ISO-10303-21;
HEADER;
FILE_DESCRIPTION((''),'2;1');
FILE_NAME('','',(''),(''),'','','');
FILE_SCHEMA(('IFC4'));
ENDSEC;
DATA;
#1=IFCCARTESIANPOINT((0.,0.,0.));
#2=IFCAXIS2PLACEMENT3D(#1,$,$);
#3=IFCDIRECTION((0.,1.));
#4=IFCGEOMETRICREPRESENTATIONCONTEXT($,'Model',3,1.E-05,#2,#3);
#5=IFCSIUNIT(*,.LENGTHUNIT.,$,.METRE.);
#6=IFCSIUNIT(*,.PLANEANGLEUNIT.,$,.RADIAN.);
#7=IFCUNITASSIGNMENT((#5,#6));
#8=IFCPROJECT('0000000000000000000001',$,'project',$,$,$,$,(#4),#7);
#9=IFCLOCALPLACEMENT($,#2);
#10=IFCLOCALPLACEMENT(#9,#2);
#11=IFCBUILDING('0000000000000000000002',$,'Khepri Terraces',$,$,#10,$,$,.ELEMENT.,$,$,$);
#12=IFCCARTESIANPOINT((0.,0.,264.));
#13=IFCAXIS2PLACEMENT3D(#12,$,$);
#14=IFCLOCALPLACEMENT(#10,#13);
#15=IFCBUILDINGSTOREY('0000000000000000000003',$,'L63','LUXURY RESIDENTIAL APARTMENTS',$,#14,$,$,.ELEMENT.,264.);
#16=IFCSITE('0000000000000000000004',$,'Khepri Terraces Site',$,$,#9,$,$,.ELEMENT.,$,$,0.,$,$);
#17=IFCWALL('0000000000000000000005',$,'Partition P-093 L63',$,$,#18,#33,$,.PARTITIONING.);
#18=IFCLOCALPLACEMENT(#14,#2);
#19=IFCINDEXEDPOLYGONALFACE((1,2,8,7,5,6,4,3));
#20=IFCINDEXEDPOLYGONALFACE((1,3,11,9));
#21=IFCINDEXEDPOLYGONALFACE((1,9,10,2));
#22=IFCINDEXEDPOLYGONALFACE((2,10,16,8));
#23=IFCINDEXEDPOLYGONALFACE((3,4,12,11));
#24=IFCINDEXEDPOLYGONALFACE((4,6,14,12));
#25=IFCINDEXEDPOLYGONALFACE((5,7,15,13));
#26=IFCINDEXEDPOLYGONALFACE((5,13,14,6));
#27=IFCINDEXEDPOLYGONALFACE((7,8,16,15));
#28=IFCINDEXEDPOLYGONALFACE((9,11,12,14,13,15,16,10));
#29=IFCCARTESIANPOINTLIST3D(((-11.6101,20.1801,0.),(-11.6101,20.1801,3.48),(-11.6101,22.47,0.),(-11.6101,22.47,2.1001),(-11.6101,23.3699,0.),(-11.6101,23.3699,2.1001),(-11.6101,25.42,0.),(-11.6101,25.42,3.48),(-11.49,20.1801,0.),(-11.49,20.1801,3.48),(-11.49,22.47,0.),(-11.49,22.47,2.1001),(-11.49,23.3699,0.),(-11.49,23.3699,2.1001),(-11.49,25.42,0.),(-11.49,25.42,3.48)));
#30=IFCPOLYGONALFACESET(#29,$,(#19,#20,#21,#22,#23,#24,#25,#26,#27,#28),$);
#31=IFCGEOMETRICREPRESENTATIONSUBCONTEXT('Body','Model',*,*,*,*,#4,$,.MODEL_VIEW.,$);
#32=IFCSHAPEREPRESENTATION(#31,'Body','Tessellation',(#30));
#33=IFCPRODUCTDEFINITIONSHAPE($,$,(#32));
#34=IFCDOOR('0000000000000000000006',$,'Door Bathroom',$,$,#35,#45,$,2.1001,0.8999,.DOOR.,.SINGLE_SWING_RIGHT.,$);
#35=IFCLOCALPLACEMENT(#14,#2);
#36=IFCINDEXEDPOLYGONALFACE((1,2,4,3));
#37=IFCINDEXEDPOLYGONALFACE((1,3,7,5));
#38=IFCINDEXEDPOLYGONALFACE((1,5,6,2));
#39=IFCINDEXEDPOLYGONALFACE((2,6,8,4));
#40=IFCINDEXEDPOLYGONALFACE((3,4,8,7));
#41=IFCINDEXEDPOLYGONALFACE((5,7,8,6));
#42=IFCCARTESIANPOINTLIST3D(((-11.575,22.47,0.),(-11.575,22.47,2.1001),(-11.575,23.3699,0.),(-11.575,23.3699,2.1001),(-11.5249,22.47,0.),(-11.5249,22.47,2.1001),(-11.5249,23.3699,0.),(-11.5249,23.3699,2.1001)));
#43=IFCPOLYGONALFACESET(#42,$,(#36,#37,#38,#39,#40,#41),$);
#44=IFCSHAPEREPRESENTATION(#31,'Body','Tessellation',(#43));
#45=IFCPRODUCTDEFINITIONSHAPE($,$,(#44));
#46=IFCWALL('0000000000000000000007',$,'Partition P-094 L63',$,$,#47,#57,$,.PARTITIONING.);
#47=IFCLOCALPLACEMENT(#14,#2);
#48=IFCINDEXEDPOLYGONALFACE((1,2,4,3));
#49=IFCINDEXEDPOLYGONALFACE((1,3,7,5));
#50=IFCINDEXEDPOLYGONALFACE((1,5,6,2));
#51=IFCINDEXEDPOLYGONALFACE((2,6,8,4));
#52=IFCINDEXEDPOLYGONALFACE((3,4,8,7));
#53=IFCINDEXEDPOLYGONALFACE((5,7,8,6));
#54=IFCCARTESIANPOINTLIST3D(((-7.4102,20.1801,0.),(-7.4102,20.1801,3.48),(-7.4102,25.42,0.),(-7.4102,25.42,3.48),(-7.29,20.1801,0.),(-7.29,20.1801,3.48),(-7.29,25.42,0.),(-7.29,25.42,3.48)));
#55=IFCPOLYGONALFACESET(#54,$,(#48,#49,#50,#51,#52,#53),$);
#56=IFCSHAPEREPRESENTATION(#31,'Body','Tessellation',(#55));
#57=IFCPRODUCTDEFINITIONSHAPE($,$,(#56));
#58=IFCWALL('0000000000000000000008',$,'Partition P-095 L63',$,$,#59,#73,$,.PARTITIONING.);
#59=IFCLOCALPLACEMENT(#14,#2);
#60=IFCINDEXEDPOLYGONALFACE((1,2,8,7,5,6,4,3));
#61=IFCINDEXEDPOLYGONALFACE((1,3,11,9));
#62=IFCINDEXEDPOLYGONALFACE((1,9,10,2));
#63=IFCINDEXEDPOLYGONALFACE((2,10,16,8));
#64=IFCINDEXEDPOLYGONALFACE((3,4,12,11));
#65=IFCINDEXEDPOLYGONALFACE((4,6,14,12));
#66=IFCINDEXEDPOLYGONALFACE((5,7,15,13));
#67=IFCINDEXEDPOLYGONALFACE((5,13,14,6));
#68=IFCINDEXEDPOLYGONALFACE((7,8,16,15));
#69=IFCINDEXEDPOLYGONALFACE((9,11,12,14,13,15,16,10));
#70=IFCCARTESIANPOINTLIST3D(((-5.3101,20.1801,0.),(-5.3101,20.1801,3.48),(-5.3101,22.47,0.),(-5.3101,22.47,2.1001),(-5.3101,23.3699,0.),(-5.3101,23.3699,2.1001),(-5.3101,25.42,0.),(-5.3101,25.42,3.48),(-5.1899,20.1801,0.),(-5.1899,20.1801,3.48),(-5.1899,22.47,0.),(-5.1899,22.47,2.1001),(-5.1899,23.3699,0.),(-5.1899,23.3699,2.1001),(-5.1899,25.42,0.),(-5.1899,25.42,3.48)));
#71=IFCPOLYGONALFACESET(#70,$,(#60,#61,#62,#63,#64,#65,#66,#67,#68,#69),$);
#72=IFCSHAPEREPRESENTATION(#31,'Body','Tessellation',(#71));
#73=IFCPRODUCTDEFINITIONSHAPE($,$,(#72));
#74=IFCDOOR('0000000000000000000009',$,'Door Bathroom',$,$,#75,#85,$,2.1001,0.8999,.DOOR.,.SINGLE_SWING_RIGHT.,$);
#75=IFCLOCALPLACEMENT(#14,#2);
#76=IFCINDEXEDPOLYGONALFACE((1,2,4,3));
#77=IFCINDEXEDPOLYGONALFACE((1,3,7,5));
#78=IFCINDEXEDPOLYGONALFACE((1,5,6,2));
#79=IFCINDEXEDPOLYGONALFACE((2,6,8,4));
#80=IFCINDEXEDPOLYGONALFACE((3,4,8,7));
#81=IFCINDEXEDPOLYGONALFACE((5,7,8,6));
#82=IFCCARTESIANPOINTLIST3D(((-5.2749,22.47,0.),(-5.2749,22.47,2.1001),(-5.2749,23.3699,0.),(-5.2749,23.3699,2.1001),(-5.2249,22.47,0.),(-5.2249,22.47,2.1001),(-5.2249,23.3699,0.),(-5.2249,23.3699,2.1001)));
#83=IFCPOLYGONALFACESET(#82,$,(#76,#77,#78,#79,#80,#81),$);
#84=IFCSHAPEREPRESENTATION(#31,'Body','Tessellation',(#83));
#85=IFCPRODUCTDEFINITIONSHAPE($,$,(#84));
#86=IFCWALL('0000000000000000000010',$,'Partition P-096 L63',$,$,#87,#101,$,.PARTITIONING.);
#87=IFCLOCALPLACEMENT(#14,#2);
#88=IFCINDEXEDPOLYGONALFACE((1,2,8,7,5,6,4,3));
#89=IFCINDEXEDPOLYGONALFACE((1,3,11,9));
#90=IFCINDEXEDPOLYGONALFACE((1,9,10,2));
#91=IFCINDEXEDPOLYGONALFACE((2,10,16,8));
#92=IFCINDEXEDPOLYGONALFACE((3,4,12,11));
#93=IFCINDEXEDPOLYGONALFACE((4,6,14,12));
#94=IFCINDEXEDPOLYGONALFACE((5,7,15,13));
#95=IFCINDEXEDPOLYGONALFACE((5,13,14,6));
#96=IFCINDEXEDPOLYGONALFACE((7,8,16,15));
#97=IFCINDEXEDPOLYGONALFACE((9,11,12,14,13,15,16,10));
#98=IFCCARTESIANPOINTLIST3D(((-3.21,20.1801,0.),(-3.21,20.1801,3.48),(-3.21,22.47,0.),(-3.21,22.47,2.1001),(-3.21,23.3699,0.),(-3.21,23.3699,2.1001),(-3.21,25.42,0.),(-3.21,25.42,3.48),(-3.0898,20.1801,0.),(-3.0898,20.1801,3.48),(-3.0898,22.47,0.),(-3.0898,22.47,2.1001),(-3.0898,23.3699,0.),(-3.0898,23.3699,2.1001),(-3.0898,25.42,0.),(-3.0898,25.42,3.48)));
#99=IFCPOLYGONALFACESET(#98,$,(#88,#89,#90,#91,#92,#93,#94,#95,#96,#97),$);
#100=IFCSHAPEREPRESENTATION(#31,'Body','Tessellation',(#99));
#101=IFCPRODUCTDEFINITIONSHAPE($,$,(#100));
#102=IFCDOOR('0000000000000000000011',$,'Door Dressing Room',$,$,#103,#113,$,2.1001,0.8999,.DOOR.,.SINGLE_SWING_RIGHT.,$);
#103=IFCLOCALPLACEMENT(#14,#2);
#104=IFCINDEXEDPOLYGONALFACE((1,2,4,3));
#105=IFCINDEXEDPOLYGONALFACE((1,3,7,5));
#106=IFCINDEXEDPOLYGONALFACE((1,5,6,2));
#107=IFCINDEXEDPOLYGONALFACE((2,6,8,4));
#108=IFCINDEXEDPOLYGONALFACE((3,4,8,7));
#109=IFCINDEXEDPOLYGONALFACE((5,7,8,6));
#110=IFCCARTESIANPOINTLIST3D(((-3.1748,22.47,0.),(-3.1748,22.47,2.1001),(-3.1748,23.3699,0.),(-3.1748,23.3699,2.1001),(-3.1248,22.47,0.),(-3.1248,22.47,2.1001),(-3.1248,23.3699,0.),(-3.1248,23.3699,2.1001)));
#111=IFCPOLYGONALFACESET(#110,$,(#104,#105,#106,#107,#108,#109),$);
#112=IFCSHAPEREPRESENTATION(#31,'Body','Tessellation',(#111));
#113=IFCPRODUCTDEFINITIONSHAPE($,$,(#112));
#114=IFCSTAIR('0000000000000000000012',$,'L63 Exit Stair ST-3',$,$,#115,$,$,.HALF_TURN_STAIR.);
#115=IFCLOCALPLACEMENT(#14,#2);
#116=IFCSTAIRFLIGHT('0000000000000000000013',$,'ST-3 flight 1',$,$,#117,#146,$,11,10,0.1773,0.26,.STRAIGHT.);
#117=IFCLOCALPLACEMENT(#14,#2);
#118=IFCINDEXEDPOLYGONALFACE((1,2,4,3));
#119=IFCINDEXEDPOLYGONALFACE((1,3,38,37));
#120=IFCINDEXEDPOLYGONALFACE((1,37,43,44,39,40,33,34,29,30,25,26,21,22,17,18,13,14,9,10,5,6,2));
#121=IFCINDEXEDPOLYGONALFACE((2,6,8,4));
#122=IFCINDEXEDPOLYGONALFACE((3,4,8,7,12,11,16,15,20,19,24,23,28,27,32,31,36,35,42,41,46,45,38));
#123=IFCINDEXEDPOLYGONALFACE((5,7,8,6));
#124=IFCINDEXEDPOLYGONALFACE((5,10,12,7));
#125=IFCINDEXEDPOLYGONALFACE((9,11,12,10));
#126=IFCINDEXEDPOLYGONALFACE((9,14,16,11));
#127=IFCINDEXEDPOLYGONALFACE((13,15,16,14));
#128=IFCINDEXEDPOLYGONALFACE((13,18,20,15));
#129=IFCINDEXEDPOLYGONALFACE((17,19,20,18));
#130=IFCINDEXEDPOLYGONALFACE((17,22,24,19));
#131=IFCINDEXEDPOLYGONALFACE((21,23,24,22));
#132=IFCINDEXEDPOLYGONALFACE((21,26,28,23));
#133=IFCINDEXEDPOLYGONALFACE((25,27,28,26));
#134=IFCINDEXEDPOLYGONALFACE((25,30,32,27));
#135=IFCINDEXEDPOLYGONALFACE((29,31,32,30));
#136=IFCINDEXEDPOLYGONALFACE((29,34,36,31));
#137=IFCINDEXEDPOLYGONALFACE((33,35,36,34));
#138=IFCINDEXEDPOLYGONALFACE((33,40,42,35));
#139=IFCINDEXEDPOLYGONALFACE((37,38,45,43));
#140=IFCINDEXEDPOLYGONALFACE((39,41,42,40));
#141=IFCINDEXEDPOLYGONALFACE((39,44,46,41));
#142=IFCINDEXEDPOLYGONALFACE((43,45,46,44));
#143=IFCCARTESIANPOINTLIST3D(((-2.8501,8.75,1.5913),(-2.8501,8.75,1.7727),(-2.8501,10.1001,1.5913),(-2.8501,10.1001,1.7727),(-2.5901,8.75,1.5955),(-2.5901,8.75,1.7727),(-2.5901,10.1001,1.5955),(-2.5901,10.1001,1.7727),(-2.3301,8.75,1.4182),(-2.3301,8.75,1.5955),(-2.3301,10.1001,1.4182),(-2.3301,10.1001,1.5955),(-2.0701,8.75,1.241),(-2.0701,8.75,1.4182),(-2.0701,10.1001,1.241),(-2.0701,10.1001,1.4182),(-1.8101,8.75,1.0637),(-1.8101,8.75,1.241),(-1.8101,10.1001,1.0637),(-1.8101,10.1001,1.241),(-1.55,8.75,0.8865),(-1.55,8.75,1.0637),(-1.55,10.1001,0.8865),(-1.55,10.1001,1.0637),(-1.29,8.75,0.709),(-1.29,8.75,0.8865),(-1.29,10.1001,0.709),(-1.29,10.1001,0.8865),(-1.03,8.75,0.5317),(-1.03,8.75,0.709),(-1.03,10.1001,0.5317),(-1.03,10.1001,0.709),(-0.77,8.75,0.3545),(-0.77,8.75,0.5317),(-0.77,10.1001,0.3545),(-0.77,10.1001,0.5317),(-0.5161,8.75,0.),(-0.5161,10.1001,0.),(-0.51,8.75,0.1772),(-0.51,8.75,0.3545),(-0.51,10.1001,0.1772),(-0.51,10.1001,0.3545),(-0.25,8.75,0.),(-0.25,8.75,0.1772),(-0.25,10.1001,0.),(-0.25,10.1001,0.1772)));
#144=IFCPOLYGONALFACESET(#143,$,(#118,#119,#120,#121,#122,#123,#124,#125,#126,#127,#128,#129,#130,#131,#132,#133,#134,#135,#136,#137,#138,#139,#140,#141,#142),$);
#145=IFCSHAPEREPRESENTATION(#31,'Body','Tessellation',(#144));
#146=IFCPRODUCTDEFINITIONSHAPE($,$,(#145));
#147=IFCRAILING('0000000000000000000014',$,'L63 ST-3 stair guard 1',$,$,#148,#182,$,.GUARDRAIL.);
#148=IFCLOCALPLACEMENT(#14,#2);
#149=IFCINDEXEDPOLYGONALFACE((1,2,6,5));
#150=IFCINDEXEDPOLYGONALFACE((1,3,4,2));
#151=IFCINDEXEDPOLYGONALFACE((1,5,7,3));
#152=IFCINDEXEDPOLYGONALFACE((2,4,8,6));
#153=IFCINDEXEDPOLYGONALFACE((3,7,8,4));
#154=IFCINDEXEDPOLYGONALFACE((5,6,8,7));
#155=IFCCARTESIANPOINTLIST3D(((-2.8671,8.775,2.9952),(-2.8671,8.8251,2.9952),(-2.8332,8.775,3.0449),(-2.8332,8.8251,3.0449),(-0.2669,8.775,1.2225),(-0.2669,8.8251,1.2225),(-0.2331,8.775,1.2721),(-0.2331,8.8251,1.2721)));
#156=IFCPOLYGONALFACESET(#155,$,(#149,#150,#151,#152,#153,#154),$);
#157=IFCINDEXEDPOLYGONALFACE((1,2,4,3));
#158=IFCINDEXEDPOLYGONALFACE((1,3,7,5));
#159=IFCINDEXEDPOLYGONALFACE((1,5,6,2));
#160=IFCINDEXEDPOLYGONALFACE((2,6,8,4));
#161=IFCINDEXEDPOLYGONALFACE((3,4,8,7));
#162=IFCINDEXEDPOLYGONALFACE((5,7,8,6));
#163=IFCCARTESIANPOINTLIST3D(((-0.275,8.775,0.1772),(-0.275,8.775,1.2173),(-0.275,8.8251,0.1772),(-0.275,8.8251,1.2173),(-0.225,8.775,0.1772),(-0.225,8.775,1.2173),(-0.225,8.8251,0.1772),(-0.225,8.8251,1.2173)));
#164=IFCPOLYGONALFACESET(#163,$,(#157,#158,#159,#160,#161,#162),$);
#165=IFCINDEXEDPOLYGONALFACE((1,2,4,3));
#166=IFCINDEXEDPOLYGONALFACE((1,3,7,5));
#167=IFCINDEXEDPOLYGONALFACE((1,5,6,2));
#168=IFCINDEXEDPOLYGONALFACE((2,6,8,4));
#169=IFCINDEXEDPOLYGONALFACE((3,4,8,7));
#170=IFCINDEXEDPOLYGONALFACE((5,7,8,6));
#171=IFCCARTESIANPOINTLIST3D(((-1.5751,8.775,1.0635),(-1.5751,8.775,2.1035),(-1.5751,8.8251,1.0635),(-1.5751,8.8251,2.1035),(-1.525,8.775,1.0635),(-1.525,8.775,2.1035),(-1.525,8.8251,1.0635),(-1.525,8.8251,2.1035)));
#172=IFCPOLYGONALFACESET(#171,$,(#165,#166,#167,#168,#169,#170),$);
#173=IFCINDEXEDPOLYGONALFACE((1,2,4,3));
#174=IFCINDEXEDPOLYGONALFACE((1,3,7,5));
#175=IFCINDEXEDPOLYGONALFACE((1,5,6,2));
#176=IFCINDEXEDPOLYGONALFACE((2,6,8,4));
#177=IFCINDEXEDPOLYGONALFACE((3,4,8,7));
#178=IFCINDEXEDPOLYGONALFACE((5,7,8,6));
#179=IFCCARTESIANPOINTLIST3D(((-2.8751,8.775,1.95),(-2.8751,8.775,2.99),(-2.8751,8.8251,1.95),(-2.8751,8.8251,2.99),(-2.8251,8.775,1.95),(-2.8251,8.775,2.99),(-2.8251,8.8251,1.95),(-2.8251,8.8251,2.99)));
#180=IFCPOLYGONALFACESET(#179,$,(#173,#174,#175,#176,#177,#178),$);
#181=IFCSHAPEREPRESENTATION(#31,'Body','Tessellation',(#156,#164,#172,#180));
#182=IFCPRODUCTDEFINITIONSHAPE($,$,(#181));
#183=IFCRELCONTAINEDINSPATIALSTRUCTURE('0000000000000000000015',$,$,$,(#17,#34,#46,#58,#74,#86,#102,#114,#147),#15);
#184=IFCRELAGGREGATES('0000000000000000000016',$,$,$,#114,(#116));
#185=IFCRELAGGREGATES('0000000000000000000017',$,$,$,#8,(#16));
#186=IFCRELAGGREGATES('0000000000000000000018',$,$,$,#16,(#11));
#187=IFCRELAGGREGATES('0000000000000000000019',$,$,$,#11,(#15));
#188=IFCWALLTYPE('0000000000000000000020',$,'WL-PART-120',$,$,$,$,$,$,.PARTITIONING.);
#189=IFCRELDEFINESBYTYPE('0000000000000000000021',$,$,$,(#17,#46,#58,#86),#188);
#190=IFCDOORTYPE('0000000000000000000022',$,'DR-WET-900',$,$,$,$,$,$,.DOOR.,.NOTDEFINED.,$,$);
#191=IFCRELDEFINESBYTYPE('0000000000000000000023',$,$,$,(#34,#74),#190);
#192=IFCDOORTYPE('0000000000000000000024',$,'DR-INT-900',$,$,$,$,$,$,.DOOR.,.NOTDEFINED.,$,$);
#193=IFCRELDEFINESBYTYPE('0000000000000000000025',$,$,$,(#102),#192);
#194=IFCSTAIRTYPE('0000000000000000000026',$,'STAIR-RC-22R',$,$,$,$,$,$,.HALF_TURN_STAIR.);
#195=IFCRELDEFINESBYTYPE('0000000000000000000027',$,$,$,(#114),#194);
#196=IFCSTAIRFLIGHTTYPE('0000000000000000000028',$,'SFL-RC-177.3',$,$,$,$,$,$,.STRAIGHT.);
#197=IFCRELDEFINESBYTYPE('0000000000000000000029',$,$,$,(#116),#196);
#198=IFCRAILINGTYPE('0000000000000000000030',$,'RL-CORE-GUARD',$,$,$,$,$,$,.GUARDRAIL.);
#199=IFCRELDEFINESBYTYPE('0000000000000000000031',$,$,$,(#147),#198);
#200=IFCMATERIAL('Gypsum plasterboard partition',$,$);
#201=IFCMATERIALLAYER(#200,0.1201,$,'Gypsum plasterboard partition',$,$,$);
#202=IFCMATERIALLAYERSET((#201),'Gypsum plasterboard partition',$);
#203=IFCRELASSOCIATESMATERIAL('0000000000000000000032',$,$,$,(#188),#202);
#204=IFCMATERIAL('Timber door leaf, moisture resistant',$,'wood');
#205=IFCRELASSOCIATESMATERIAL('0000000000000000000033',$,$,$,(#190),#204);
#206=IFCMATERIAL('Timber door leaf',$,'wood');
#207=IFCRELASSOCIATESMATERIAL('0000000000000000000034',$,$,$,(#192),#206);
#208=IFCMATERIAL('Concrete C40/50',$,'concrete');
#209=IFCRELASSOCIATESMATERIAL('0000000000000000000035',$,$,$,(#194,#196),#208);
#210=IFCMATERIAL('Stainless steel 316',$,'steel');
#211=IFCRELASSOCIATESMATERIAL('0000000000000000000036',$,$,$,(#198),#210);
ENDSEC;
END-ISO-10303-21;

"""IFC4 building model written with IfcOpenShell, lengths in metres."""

from ifc_helpers import new_model, si_unit, direction, frame, frame_2d, origin, origin_2d, place, context, subcontext, project, spatial, polyline, rectangle, outline, extrude, material, layer, layer_set, type_object, element, fill, aggregate, save


model = new_model("IFC4")

# Units and contexts
model_context = context("Model", 3, precision=1e-05, world=origin(), true_north=direction((0.0, 1.0)))
body_context = subcontext(model_context, "Body", "Model", "MODEL_VIEW")
ifc_project = project(units=[si_unit("LENGTHUNIT", "METRE"), si_unit("PLANEANGLEUNIT", "RADIAN")], contexts=[model_context])

# Site, building, storey
site_placement = place(None, origin())
site = spatial("IfcSite", under=ifc_project, at=site_placement, Name="Khepri Terraces Site", CompositionType="ELEMENT", RefElevation=0.0)
building_placement = place(site_placement, origin())
building = spatial("IfcBuilding", under=site, at=building_placement, Name="Khepri Terraces", CompositionType="ELEMENT")
storey_placement = place(building_placement, frame((0.0, 0.0, 264.0)))
storey = spatial("IfcBuildingStorey", under=building, at=storey_placement, Name="L63", Description="LUXURY RESIDENTIAL APARTMENTS", CompositionType="ELEMENT", Elevation=264.0)

# Shared definitions
ifc_material_1 = material(Name="Concrete C40/50", Category="concrete")

# Shared definitions
ifc_material_2 = material(Name="Gypsum plasterboard partition")
ifc_layer_1 = layer(ifc_material_2, 0.1201, Name="Gypsum plasterboard partition")
ifc_layer_set_1 = layer_set([ifc_layer_1], Name="Gypsum plasterboard partition")
wall_type_1 = type_object("IfcWallType", Name="WL-PART-120", PredefinedType="PARTITIONING", material=ifc_layer_set_1)

# Wall, opening, door
wall_1_placement = place(storey_placement, frame((-11.55, 20.1799, 0.0), z_axis=(0.0, 0.0, 1.0), x_axis=(0.0, 1.0, 0.0)))
wall_1 = element("IfcWall", 1, at=wall_1_placement, inside=storey, type_object=wall_type_1, Name="Partition P-093 L63", PredefinedType="PARTITIONING", context=body_context, shape_type="SweptSolid", body=[
    extrude(rectangle(XDim=5.24, YDim=0.1201, at=frame_2d((2.6201, 0.0))), origin(), (0.0, 0.0, 1.0), 3.48),
])
opening_1_placement = place(wall_1_placement, frame((2.29, 0.0, 0.0)))
opening_1 = element("IfcOpeningElement", 2, at=opening_1_placement, cuts=wall_1, PredefinedType="OPENING", context=body_context, shape_type="SweptSolid", body=[
    extrude(rectangle(XDim=0.8999, YDim=2.1001, at=frame_2d((0.45, 1.05))), frame((0.0, 0.0701, 0.0), z_axis=(0.0, -1.0, 0.0), x_axis=(1.0, 0.0, 0.0)), (0.0, 0.0, 1.0), 0.1401),
])
ifc_material_3 = material(Name="Timber door leaf, moisture resistant", Category="wood")
door_type_1 = type_object("IfcDoorType", Name="DR-WET-900", OperationType="NOTDEFINED", PredefinedType="DOOR", material=ifc_material_3)
door_1_placement = place(opening_1_placement, origin())
door_1 = element("IfcDoor", 3, at=door_1_placement, inside=storey, type_object=door_type_1, Name="Door Bathroom", OperationType="SINGLE_SWING_RIGHT", OverallHeight=2.1001, OverallWidth=0.8999, PredefinedType="DOOR", context=body_context, shape_type="SweptSolid", body=[
    extrude(rectangle(XDim=0.8999, YDim=2.1001, at=frame_2d((0.45, 1.05))), frame((0.0, 0.0249, 0.0), z_axis=(0.0, -1.0, 0.0), x_axis=(1.0, 0.0, 0.0)), (0.0, 0.0, 1.0), 0.05),
])
fill(opening_1, door_1)

# Wall
wall_2_placement = place(storey_placement, frame((-7.3501, 20.1799, 0.0), z_axis=(0.0, 0.0, 1.0), x_axis=(0.0, 1.0, 0.0)))
element("IfcWall", 4, at=wall_2_placement, inside=storey, type_object=wall_type_1, Name="Partition P-094 L63", PredefinedType="PARTITIONING", context=body_context, shape_type="SweptSolid", body=[
    extrude(rectangle(XDim=5.24, YDim=0.1201, at=frame_2d((2.6201, 0.0))), origin(), (0.0, 0.0, 1.0), 3.48),
])

# Walls, openings, doors
wall_3_placement = place(storey_placement, frame((-5.25, 20.1799, 0.0), z_axis=(0.0, 0.0, 1.0), x_axis=(0.0, 1.0, 0.0)))
wall_3 = element("IfcWall", 5, at=wall_3_placement, inside=storey, type_object=wall_type_1, Name="Partition P-095 L63", PredefinedType="PARTITIONING", context=body_context, shape_type="SweptSolid", body=[
    extrude(rectangle(XDim=5.24, YDim=0.1201, at=frame_2d((2.6201, 0.0))), origin(), (0.0, 0.0, 1.0), 3.48),
])
opening_2_placement = place(wall_3_placement, frame((2.29, 0.0, 0.0)))
opening_2 = element("IfcOpeningElement", 6, at=opening_2_placement, cuts=wall_3, PredefinedType="OPENING", context=body_context, shape_type="SweptSolid", body=[
    extrude(rectangle(XDim=0.8999, YDim=2.1001, at=frame_2d((0.45, 1.05))), frame((0.0, 0.0701, 0.0), z_axis=(0.0, -1.0, 0.0), x_axis=(1.0, 0.0, 0.0)), (0.0, 0.0, 1.0), 0.1401),
])
door_2_placement = place(opening_2_placement, origin())
door_2 = element("IfcDoor", 7, at=door_2_placement, inside=storey, type_object=door_type_1, Name="Door Bathroom", OperationType="SINGLE_SWING_RIGHT", OverallHeight=2.1001, OverallWidth=0.8999, PredefinedType="DOOR", context=body_context, shape_type="SweptSolid", body=[
    extrude(rectangle(XDim=0.8999, YDim=2.1001, at=frame_2d((0.45, 1.05))), frame((0.0, 0.0249, 0.0), z_axis=(0.0, -1.0, 0.0), x_axis=(1.0, 0.0, 0.0)), (0.0, 0.0, 1.0), 0.05),
])
fill(opening_2, door_2)
wall_4_placement = place(storey_placement, frame((-3.1499, 20.1799, 0.0), z_axis=(0.0, 0.0, 1.0), x_axis=(0.0, 1.0, 0.0)))
wall_4 = element("IfcWall", 8, at=wall_4_placement, inside=storey, type_object=wall_type_1, Name="Partition P-096 L63", PredefinedType="PARTITIONING", context=body_context, shape_type="SweptSolid", body=[
    extrude(rectangle(XDim=5.24, YDim=0.1201, at=frame_2d((2.6201, 0.0))), origin(), (0.0, 0.0, 1.0), 3.48),
])
opening_3_placement = place(wall_4_placement, frame((2.29, 0.0, 0.0)))
opening_3 = element("IfcOpeningElement", 9, at=opening_3_placement, cuts=wall_4, PredefinedType="OPENING", context=body_context, shape_type="SweptSolid", body=[
    extrude(rectangle(XDim=0.8999, YDim=2.1001, at=frame_2d((0.45, 1.05))), frame((0.0, 0.0701, 0.0), z_axis=(0.0, -1.0, 0.0), x_axis=(1.0, 0.0, 0.0)), (0.0, 0.0, 1.0), 0.1401),
])
ifc_material_4 = material(Name="Timber door leaf", Category="wood")
door_type_2 = type_object("IfcDoorType", Name="DR-INT-900", OperationType="NOTDEFINED", PredefinedType="DOOR", material=ifc_material_4)
door_3_placement = place(opening_3_placement, origin())
door_3 = element("IfcDoor", 10, at=door_3_placement, inside=storey, type_object=door_type_2, Name="Door Dressing Room", OperationType="SINGLE_SWING_RIGHT", OverallHeight=2.1001, OverallWidth=0.8999, PredefinedType="DOOR", context=body_context, shape_type="SweptSolid", body=[
    extrude(rectangle(XDim=0.8999, YDim=2.1001, at=frame_2d((0.45, 1.05))), frame((0.0, 0.0249, 0.0), z_axis=(0.0, -1.0, 0.0), x_axis=(1.0, 0.0, 0.0)), (0.0, 0.0, 1.0), 0.05),
])
fill(opening_3, door_3)

# Stair, stair flight
stair_type = type_object("IfcStairType", Name="STAIR-RC-22R", PredefinedType="HALF_TURN_STAIR", material=ifc_material_1)
stair_placement = place(storey_placement, origin())
stair = element("IfcStair", 11, at=stair_placement, inside=storey, type_object=stair_type, Name="L63 Exit Stair ST-3", PredefinedType="HALF_TURN_STAIR")
stair_flight_type = type_object("IfcStairFlightType", Name="SFL-RC-177.3", PredefinedType="STRAIGHT", material=ifc_material_1)
stair_flight_placement = place(storey_placement, frame((-0.25, 9.425, 0.0), z_axis=(0.0, 0.0, 1.0), x_axis=(-1.0, 0.0, 0.0)))
stair_flight = element("IfcStairFlight", 12, at=stair_flight_placement, type_object=stair_flight_type, Name="ST-3 flight 1", NumberOfRisers=11, NumberOfTreads=10, PredefinedType="STRAIGHT", RiserHeight=0.1773, TreadLength=0.26, context=body_context, shape_type="SweptSolid", body=[
    extrude(outline(polyline([(0.0, 0.0), (0.0, 0.1772), (0.26, 0.1772), (0.26, 0.3545), (0.52, 0.3545), (0.52, 0.5317), (0.78, 0.5317), (0.78, 0.709), (1.04, 0.709), (1.04, 0.8865), (1.3, 0.8865), (1.3, 1.0637), (1.5601, 1.0637), (1.5601, 1.241), (1.8201, 1.241), (1.8201, 1.4182), (2.0801, 1.4182), (2.0801, 1.5955), (2.3401, 1.5955), (2.3401, 1.7727), (2.6001, 1.7727), (2.6001, 1.95), (2.6001, 1.5913), (0.2661, 0.0), (0.0, 0.0)])), frame((0.0, 0.675, 0.0), z_axis=(0.0, -1.0, 0.0), x_axis=(1.0, 0.0, 0.0)), (0.0, 0.0, 1.0), 1.3501),
])
aggregate(stair, [stair_flight])

# Railing
ifc_material_5 = material(Name="Stainless steel 316", Category="steel")
railing_type_1 = type_object("IfcRailingType", Name="RL-CORE-GUARD", PredefinedType="GUARDRAIL", material=ifc_material_5)
railing_1_placement = place(storey_placement, frame((-0.25, 8.8, 0.1772)))
element("IfcRailing", 13, at=railing_1_placement, inside=storey, type_object=railing_type_1, Name="L63 ST-3 stair guard 1", PredefinedType="GUARDRAIL", context=body_context, shape_type="SweptSolid", body=[
    extrude(rectangle(XDim=0.05, YDim=0.0601, at=origin_2d()), frame((0.0, 0.0, 1.0701), z_axis=(-0.82624, 0.0, 0.563318), x_axis=(0.0, -1.0, 0.0)), (0.0, 0.0, 1.0), 3.147),
    extrude(rectangle(XDim=0.05, YDim=0.05, at=origin_2d()), origin(), (0.0, 0.0, 1.0), 1.04),
    extrude(rectangle(XDim=0.05, YDim=0.05, at=origin_2d()), frame((-1.3, 0.0, 0.8862)), (0.0, 0.0, 1.0), 1.04),
    extrude(rectangle(XDim=0.05, YDim=0.05, at=origin_2d()), frame((-2.6001, 0.0, 1.7727)), (0.0, 0.0, 1.0), 1.04),
])

save(model, "model.ifc")
